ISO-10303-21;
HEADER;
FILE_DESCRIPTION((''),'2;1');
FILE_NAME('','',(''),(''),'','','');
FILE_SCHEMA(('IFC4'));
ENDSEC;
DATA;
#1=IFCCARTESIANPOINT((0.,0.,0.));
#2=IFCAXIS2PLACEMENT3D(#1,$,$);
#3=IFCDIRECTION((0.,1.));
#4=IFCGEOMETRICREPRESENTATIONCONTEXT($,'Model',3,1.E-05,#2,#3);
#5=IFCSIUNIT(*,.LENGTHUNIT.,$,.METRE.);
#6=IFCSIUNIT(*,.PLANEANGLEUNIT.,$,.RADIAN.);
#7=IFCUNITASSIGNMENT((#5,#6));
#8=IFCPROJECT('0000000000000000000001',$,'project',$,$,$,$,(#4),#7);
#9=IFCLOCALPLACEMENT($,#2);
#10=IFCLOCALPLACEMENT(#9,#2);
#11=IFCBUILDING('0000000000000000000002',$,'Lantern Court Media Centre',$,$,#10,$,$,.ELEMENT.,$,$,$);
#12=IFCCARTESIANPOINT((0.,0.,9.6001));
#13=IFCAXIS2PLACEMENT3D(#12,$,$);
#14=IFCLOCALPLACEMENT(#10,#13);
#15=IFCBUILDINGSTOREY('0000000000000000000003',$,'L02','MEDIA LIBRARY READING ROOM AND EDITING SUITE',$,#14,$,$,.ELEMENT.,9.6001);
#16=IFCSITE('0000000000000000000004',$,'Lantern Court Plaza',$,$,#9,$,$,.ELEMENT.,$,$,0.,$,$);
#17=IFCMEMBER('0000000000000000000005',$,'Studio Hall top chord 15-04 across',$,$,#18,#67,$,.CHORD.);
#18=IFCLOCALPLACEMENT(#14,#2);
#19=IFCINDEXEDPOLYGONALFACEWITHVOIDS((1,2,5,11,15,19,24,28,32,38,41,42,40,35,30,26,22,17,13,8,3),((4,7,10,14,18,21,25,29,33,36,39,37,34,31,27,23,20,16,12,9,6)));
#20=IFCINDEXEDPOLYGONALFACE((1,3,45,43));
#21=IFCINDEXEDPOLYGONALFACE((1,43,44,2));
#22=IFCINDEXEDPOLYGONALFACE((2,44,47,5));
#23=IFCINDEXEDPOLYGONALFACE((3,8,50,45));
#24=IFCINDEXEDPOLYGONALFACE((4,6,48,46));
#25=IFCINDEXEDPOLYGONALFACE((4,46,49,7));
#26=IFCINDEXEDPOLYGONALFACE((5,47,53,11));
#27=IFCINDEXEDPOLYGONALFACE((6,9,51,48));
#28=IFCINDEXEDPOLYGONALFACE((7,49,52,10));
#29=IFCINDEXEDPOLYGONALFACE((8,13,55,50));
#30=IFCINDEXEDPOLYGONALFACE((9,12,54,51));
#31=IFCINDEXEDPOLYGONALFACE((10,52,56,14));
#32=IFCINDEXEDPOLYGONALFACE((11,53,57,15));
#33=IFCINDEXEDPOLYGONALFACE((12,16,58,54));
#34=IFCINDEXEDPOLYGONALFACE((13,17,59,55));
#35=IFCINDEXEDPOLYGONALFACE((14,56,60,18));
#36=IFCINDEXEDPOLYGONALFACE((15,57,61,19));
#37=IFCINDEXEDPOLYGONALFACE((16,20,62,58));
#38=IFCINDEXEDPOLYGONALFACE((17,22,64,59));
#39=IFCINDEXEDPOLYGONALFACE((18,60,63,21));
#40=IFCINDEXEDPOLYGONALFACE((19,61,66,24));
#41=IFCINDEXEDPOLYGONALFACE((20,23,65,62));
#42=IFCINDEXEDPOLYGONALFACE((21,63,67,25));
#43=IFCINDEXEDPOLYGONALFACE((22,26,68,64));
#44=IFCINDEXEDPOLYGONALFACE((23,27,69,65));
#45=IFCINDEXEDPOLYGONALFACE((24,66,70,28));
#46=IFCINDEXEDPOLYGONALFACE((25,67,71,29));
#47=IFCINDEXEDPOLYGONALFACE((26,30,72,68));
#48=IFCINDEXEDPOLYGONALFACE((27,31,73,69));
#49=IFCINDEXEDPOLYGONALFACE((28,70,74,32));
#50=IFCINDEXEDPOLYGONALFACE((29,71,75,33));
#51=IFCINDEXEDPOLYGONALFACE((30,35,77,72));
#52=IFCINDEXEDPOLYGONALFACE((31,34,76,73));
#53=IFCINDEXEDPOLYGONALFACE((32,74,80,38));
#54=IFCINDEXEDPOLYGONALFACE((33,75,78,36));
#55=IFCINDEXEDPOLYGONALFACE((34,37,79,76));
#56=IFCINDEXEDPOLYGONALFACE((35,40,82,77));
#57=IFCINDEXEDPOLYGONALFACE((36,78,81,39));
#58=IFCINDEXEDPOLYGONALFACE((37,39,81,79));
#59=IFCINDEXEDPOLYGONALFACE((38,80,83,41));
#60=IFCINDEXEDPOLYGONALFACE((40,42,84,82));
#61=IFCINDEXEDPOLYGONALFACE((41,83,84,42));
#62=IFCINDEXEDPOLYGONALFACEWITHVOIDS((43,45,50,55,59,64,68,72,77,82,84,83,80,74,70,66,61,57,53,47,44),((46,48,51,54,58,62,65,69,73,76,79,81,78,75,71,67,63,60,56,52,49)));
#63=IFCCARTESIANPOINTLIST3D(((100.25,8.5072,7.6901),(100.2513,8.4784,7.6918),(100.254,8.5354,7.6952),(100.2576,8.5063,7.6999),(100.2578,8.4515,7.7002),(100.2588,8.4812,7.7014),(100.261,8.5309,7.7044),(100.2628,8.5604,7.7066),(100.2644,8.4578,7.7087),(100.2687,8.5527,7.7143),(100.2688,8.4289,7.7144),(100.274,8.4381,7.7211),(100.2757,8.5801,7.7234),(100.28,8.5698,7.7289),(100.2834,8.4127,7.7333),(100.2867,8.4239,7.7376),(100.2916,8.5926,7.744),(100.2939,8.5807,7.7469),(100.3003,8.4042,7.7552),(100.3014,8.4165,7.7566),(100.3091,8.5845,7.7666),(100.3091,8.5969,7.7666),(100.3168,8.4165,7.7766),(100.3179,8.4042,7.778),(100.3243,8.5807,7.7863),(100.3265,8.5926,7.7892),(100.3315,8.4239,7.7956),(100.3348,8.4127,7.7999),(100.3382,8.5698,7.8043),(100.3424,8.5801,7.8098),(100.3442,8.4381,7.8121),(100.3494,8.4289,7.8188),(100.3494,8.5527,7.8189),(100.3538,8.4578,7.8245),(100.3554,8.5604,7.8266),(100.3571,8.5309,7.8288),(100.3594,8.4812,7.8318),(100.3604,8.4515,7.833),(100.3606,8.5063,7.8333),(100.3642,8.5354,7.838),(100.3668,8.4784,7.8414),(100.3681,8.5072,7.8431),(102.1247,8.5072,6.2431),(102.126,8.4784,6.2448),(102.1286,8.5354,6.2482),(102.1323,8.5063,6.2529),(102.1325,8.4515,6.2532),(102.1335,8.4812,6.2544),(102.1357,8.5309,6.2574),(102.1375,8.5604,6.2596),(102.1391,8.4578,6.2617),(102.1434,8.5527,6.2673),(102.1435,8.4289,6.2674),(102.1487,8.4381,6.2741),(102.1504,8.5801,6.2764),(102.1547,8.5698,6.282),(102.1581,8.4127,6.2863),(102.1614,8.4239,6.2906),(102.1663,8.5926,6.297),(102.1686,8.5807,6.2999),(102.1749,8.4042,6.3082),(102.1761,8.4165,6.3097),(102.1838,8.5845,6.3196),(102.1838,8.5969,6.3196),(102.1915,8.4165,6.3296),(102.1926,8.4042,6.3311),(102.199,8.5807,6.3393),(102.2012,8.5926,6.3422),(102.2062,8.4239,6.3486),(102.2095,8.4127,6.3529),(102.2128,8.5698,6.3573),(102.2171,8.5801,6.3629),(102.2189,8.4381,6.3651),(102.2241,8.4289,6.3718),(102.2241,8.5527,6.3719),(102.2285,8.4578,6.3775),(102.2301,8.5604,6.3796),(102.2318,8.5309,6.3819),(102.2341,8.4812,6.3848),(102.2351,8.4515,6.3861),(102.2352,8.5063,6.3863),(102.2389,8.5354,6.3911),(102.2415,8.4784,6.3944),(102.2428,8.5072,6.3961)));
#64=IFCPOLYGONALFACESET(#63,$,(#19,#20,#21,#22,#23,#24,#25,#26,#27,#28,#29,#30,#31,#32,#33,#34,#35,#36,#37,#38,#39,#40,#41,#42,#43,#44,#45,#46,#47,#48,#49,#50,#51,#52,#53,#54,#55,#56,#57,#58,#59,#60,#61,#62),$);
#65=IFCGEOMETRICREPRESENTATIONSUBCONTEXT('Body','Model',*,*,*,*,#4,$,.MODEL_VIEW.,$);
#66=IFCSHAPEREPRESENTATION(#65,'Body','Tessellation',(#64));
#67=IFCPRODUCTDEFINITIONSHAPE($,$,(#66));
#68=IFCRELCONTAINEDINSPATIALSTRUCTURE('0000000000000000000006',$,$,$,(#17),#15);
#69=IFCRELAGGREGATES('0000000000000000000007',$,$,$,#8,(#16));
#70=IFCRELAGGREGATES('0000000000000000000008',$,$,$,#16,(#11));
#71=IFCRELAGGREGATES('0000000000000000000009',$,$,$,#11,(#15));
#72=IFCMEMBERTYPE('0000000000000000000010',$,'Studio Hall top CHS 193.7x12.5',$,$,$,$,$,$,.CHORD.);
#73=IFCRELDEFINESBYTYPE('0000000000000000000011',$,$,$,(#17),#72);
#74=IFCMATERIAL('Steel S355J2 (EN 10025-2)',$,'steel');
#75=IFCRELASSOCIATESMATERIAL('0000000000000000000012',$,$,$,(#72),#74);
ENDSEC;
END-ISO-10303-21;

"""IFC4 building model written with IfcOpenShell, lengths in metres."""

from ifc_helpers import new_model, si_unit, direction, frame, origin, origin_2d, place, context, subcontext, project, spatial, hollow_circle, extrude, material, material_profile, profile_set, type_object, element, save


model = new_model("IFC4")

# Units and contexts
model_context = context("Model", 3, precision=1e-05, world=origin(), true_north=direction((0.0, 1.0)))
body_context = subcontext(model_context, "Body", "Model", "MODEL_VIEW")
ifc_project = project(units=[si_unit("LENGTHUNIT", "METRE"), si_unit("PLANEANGLEUNIT", "RADIAN")], contexts=[model_context])

# Site, building, storey
site_placement = place(None, origin())
site = spatial("IfcSite", under=ifc_project, at=site_placement, Name="Lantern Court Plaza", CompositionType="ELEMENT", RefElevation=0.0)
building_placement = place(site_placement, origin())
building = spatial("IfcBuilding", under=site, at=building_placement, Name="Lantern Court Media Centre", CompositionType="ELEMENT")
storey_placement = place(building_placement, frame((0.0, 0.0, 9.6001)))
storey = spatial("IfcBuildingStorey", under=building, at=storey_placement, Name="L02", Description="MEDIA LIBRARY READING ROOM AND EDITING SUITE", CompositionType="ELEMENT", Elevation=9.6001)

# Member
ifc_material = material(Name="Steel S355J2 (EN 10025-2)", Category="steel")
ifc_material_profile_1 = material_profile(ifc_material, hollow_circle(Radius=0.0969, WallThickness=0.0125, at=origin_2d()), Name="Studio Hall top CHS 193.7x12.5")
ifc_profile_set_1 = profile_set([ifc_material_profile_1], Name="Steel S355J2 (EN 10025-2)")
member_type_1 = type_object("IfcMemberType", Name="Studio Hall top CHS 193.7x12.5", PredefinedType="CHORD", material=ifc_profile_set_1)
for number, where, z_axis, x_axis, name in (
    (1, (100.3091, 8.5, 7.7666), (0.791623, 0.0, -0.61101), (0.0, 1.0, 0.0), "Studio Hall top chord 15-04 across"),
):
    element("IfcMember", number, at=place(storey_placement, frame(where, z_axis=z_axis, x_axis=x_axis)), inside=storey, type_object=member_type_1, Name=name, PredefinedType="CHORD", context=body_context, shape_type="SweptSolid", body=[
        extrude(hollow_circle(Radius=0.0969, WallThickness=0.0125, at=origin_2d()), origin(), (0.0, 0.0, 1.0), 2.3682),
    ])

save(model, "model.ifc")
